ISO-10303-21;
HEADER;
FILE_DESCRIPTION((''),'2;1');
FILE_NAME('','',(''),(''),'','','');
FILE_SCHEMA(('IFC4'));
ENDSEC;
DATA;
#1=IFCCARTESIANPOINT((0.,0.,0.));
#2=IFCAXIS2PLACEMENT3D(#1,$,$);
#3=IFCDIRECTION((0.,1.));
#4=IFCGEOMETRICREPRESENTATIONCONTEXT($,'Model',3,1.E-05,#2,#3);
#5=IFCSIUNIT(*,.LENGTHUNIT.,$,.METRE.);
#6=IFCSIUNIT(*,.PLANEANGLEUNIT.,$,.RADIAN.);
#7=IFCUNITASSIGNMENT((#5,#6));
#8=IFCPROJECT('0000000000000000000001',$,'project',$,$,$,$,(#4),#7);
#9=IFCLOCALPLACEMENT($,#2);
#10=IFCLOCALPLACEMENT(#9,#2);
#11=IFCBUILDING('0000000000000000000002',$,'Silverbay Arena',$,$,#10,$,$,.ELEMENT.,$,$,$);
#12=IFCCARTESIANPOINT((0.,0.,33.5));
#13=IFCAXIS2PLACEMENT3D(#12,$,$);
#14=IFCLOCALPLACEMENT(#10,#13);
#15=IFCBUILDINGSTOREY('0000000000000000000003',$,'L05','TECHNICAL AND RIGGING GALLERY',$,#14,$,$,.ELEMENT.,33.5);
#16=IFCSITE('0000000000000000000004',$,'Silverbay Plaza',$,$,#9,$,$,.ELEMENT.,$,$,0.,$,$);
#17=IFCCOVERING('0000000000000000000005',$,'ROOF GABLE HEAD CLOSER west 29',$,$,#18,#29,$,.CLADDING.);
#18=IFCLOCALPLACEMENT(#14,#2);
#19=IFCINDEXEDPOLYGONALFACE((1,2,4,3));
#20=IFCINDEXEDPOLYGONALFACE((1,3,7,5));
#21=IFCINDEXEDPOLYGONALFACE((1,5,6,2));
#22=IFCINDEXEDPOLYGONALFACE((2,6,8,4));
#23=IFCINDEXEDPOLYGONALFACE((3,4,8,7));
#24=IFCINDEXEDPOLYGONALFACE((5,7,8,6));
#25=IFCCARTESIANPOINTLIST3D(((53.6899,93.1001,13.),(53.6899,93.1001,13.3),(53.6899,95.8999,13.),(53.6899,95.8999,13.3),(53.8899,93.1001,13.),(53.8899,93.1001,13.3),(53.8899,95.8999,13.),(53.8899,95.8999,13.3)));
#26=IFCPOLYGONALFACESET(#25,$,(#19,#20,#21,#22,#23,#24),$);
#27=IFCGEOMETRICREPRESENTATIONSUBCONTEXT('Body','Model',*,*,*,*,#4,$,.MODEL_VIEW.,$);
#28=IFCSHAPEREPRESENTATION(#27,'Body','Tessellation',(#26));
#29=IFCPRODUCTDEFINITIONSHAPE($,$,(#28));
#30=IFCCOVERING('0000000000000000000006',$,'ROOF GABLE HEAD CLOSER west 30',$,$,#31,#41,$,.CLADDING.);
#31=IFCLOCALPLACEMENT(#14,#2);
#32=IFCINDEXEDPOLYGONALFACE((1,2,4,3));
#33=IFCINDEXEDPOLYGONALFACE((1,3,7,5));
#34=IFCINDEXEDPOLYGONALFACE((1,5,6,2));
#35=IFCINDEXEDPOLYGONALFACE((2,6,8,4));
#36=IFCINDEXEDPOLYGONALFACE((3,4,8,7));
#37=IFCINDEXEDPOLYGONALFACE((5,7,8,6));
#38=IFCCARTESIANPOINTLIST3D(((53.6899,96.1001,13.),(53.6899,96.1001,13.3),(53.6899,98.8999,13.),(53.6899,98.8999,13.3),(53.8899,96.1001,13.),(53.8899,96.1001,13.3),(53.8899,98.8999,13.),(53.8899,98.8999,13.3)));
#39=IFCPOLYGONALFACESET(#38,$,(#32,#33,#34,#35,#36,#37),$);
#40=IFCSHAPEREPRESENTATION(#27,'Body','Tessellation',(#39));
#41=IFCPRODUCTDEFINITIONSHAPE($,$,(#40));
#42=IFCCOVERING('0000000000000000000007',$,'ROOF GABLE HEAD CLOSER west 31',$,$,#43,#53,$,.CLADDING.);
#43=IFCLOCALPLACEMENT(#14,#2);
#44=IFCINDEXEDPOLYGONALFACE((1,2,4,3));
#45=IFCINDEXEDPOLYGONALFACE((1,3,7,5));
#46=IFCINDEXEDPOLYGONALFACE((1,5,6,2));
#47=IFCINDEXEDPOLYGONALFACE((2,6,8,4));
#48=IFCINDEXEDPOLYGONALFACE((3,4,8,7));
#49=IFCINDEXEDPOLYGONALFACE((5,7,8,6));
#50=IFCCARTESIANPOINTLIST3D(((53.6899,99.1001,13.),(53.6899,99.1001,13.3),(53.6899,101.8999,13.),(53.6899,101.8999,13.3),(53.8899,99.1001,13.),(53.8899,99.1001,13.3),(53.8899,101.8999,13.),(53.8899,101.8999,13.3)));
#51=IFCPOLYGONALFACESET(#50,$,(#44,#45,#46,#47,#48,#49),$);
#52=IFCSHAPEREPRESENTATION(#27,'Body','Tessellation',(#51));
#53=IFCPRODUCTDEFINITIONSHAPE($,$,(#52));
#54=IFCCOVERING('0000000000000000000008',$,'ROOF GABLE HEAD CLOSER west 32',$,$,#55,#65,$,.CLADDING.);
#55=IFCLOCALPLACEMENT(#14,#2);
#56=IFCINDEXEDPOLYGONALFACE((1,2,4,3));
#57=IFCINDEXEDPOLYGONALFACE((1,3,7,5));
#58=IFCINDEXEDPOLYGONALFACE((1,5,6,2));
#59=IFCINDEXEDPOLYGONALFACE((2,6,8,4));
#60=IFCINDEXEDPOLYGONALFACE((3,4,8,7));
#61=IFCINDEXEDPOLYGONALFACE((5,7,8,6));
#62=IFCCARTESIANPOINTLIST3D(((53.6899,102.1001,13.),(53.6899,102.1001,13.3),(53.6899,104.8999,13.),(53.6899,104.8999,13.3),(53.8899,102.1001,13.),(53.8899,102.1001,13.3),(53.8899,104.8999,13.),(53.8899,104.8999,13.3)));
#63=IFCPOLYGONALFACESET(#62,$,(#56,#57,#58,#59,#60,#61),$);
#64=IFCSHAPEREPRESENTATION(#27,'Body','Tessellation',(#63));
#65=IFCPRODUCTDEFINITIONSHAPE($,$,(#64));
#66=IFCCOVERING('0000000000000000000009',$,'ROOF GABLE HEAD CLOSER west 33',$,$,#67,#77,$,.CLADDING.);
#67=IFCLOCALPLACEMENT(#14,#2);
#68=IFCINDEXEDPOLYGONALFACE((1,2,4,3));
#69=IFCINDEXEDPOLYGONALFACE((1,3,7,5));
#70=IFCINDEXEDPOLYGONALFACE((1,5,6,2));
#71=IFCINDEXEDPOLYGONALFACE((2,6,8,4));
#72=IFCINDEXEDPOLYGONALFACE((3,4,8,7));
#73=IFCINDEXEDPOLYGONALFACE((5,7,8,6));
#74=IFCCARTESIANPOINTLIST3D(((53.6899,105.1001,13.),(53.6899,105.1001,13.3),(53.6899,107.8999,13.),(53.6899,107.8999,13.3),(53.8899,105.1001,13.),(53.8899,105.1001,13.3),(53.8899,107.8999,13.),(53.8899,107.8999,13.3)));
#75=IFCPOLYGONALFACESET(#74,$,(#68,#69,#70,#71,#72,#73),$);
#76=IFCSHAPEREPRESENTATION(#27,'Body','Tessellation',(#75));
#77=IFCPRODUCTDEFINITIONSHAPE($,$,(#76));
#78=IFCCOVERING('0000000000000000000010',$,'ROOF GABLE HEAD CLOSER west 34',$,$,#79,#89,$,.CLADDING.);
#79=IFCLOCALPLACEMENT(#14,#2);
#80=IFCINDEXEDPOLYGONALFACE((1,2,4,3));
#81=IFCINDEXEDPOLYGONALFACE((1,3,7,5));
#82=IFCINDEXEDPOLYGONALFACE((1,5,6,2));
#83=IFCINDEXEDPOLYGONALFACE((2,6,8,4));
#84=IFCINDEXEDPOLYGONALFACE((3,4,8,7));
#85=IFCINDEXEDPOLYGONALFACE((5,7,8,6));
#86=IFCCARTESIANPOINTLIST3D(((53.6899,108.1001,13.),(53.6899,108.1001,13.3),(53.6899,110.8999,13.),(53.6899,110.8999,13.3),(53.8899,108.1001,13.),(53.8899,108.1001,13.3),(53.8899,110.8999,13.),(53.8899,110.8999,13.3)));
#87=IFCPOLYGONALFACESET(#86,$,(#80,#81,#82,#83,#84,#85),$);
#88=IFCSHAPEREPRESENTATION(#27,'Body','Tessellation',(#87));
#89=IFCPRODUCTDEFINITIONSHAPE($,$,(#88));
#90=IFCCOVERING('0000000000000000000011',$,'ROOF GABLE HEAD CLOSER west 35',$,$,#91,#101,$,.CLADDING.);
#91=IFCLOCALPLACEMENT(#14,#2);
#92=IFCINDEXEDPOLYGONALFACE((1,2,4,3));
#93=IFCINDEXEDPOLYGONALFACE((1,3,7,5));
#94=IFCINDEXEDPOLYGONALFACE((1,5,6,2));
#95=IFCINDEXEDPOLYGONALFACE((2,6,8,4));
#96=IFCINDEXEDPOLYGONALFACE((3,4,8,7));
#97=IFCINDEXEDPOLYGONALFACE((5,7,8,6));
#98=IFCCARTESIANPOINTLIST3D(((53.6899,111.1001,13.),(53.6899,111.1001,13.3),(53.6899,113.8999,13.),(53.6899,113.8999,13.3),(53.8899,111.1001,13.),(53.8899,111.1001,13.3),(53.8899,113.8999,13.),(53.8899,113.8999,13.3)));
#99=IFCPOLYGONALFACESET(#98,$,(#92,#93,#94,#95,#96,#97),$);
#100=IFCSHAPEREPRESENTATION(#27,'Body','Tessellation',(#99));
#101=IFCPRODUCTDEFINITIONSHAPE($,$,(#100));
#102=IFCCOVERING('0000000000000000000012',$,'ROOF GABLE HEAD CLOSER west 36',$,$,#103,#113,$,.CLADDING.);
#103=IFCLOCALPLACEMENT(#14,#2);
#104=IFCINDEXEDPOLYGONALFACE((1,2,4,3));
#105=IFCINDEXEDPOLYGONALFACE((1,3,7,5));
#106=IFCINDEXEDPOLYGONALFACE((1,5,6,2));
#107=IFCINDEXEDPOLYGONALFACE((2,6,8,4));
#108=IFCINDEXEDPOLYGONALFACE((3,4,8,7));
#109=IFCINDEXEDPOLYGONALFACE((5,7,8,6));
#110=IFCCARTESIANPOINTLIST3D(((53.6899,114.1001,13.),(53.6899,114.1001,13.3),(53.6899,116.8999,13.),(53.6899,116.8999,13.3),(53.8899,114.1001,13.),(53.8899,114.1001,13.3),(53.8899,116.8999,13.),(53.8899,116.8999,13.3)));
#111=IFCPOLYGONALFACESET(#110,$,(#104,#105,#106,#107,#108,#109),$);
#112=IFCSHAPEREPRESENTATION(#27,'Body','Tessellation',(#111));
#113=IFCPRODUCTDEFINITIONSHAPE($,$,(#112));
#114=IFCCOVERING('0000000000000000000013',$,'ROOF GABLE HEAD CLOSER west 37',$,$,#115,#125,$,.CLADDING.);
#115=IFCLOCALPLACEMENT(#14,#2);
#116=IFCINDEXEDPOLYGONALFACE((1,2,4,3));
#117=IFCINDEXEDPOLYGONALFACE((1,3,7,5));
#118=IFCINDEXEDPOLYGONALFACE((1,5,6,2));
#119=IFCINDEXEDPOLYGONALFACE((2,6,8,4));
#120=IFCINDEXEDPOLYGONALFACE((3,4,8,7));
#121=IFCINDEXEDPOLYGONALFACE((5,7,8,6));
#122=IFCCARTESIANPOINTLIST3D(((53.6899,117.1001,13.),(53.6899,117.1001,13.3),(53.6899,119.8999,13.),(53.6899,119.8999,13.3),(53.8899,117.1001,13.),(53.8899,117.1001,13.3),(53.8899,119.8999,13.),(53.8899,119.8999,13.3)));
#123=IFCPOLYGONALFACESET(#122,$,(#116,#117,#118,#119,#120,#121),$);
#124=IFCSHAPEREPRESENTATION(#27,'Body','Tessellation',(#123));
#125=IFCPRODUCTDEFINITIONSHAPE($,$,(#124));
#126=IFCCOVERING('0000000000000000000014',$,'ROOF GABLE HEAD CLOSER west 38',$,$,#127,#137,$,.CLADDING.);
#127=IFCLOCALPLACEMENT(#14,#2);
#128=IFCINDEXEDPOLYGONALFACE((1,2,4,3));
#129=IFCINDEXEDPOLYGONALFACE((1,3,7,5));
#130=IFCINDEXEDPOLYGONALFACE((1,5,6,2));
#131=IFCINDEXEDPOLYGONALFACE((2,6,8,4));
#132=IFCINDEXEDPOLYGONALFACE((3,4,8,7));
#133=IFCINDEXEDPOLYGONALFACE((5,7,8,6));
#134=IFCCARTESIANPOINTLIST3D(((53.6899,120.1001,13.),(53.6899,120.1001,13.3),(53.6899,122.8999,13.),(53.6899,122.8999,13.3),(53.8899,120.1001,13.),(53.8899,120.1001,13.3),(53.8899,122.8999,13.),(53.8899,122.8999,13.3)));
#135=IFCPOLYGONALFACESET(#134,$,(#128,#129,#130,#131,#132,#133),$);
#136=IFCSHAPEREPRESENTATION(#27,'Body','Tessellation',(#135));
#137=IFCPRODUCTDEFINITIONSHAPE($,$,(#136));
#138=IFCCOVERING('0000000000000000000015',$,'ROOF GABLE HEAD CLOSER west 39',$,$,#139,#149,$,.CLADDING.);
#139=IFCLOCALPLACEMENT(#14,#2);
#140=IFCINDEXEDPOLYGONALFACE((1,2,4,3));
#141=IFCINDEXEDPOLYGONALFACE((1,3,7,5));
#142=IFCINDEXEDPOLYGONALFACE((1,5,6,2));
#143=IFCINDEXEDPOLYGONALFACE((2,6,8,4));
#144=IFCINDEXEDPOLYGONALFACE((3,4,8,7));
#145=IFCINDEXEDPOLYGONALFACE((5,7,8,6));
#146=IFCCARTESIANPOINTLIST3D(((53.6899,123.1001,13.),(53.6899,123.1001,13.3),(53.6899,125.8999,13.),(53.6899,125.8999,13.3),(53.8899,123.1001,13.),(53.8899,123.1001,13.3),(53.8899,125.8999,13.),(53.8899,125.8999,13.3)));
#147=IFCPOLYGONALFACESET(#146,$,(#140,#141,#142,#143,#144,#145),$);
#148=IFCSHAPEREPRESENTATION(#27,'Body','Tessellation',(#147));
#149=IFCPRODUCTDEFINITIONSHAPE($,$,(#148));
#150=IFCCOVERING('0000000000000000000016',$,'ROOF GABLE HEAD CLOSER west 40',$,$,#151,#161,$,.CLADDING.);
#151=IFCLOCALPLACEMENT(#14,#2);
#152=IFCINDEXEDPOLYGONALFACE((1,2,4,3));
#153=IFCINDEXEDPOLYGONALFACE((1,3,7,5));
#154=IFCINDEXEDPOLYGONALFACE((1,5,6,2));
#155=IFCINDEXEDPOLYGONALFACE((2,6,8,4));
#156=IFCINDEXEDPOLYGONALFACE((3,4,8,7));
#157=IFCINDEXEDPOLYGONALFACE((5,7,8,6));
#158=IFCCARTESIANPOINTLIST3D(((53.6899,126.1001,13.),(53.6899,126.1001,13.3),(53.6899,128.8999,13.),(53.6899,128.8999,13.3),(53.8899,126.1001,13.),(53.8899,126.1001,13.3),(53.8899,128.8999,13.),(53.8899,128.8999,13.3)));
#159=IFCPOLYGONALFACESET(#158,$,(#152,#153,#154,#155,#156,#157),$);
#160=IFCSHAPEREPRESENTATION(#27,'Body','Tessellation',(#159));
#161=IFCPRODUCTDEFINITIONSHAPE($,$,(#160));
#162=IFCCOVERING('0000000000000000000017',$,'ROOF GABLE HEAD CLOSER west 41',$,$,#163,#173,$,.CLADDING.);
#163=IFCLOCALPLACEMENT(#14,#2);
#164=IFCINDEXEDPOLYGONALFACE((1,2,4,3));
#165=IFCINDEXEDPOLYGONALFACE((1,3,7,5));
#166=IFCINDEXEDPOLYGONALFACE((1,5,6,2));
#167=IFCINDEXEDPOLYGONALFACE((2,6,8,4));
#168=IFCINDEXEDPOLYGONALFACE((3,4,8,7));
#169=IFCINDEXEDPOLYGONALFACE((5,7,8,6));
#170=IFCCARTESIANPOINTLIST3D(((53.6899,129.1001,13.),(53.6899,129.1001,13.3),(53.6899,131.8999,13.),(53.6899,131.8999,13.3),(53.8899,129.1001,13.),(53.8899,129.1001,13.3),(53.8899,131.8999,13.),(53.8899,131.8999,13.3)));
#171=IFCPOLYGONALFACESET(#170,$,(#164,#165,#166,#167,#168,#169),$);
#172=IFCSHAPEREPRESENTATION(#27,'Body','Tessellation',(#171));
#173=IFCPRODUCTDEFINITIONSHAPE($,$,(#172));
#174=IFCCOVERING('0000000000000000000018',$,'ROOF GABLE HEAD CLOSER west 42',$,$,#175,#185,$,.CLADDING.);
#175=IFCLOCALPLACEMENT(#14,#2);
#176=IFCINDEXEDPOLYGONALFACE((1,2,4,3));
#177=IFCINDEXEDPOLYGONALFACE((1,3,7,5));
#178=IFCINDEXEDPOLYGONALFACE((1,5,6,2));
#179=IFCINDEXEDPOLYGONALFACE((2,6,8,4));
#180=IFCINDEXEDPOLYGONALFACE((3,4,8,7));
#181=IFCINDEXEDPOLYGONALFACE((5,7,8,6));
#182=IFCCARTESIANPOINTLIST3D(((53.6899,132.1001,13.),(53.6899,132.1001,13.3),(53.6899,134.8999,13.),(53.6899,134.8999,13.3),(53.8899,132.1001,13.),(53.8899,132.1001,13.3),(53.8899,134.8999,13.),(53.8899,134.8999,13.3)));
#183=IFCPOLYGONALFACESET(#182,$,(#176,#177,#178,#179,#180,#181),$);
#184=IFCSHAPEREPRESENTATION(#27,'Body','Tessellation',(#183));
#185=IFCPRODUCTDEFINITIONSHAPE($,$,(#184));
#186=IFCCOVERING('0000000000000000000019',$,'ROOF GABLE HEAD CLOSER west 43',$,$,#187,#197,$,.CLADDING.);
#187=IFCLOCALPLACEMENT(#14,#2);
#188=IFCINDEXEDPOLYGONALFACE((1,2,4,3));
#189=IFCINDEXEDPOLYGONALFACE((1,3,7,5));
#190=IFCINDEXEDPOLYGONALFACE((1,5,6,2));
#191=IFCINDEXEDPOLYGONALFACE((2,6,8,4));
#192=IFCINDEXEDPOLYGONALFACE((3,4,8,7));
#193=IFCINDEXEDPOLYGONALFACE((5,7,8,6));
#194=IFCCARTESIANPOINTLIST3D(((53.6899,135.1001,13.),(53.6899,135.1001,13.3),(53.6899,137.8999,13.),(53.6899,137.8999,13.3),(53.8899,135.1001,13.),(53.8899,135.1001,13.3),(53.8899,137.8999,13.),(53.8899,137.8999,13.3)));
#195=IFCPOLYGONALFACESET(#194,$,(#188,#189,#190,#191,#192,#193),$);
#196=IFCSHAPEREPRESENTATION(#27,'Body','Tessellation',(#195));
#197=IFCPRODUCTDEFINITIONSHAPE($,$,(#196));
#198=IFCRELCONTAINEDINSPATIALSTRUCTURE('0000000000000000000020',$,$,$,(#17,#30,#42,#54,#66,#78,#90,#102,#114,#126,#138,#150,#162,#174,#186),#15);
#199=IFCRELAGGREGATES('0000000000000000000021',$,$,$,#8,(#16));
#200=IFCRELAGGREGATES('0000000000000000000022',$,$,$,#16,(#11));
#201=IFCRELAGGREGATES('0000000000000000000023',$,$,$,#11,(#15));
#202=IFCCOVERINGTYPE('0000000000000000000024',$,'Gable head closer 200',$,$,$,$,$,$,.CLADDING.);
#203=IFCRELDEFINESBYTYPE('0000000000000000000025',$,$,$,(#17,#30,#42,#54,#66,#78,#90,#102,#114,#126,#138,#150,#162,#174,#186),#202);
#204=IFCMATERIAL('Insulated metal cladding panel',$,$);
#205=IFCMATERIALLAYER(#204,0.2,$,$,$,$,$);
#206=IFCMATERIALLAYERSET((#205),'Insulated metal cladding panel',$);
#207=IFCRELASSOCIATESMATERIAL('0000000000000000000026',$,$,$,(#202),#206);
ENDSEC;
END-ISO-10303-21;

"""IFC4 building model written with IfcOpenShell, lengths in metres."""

from ifc_helpers import new_model, si_unit, direction, frame, origin, place, context, subcontext, project, spatial, polyline, outline, extrude, material, layer, layer_set, type_object, element, save


model = new_model("IFC4")

# Units and contexts
model_context = context("Model", 3, precision=1e-05, world=origin(), true_north=direction((0.0, 1.0)))
body_context = subcontext(model_context, "Body", "Model", "MODEL_VIEW")
ifc_project = project(units=[si_unit("LENGTHUNIT", "METRE"), si_unit("PLANEANGLEUNIT", "RADIAN")], contexts=[model_context])

# Site, building, storey
site_placement = place(None, origin())
site = spatial("IfcSite", under=ifc_project, at=site_placement, Name="Silverbay Plaza", CompositionType="ELEMENT", RefElevation=0.0)
building_placement = place(site_placement, origin())
building = spatial("IfcBuilding", under=site, at=building_placement, Name="Silverbay Arena", CompositionType="ELEMENT")
storey_placement = place(building_placement, frame((0.0, 0.0, 33.5)))
storey = spatial("IfcBuildingStorey", under=building, at=storey_placement, Name="L05", Description="TECHNICAL AND RIGGING GALLERY", CompositionType="ELEMENT", Elevation=33.5)

# Coverings
ifc_material = material(Name="Insulated metal cladding panel")
ifc_layer = layer(ifc_material, 0.2)
ifc_layer_set = layer_set([ifc_layer], Name="Insulated metal cladding panel")
covering_type = type_object("IfcCoveringType", Name="Gable head closer 200", PredefinedType="CLADDING", material=ifc_layer_set)
covering_1_placement = place(storey_placement, frame((0.0, 0.0, 13.0)))
element("IfcCovering", 1, at=covering_1_placement, inside=storey, type_object=covering_type, Name="ROOF GABLE HEAD CLOSER west 29", PredefinedType="CLADDING", context=body_context, shape_type="SweptSolid", body=[
    extrude(outline(polyline([(53.6899, 93.1001), (53.8899, 93.1001), (53.8899, 95.8999), (53.6899, 95.8999), (53.6899, 93.1001)])), origin(), (0.0, 0.0, 1.0), 0.3),
])
covering_2_placement = place(storey_placement, frame((0.0, 0.0, 13.0)))
element("IfcCovering", 2, at=covering_2_placement, inside=storey, type_object=covering_type, Name="ROOF GABLE HEAD CLOSER west 30", PredefinedType="CLADDING", context=body_context, shape_type="SweptSolid", body=[
    extrude(outline(polyline([(53.6899, 96.1001), (53.8899, 96.1001), (53.8899, 98.8999), (53.6899, 98.8999), (53.6899, 96.1001)])), origin(), (0.0, 0.0, 1.0), 0.3),
])
covering_3_placement = place(storey_placement, frame((0.0, 0.0, 13.0)))
element("IfcCovering", 3, at=covering_3_placement, inside=storey, type_object=covering_type, Name="ROOF GABLE HEAD CLOSER west 31", PredefinedType="CLADDING", context=body_context, shape_type="SweptSolid", body=[
    extrude(outline(polyline([(53.6899, 99.1001), (53.8899, 99.1001), (53.8899, 101.8999), (53.6899, 101.8999), (53.6899, 99.1001)])), origin(), (0.0, 0.0, 1.0), 0.3),
])
covering_4_placement = place(storey_placement, frame((0.0, 0.0, 13.0)))
element("IfcCovering", 4, at=covering_4_placement, inside=storey, type_object=covering_type, Name="ROOF GABLE HEAD CLOSER west 32", PredefinedType="CLADDING", context=body_context, shape_type="SweptSolid", body=[
    extrude(outline(polyline([(53.6899, 102.1001), (53.8899, 102.1001), (53.8899, 104.8999), (53.6899, 104.8999), (53.6899, 102.1001)])), origin(), (0.0, 0.0, 1.0), 0.3),
])
covering_5_placement = place(storey_placement, frame((0.0, 0.0, 13.0)))
element("IfcCovering", 5, at=covering_5_placement, inside=storey, type_object=covering_type, Name="ROOF GABLE HEAD CLOSER west 33", PredefinedType="CLADDING", context=body_context, shape_type="SweptSolid", body=[
    extrude(outline(polyline([(53.6899, 105.1001), (53.8899, 105.1001), (53.8899, 107.8999), (53.6899, 107.8999), (53.6899, 105.1001)])), origin(), (0.0, 0.0, 1.0), 0.3),
])
covering_6_placement = place(storey_placement, frame((0.0, 0.0, 13.0)))
element("IfcCovering", 6, at=covering_6_placement, inside=storey, type_object=covering_type, Name="ROOF GABLE HEAD CLOSER west 34", PredefinedType="CLADDING", context=body_context, shape_type="SweptSolid", body=[
    extrude(outline(polyline([(53.6899, 108.1001), (53.8899, 108.1001), (53.8899, 110.8999), (53.6899, 110.8999), (53.6899, 108.1001)])), origin(), (0.0, 0.0, 1.0), 0.3),
])
covering_7_placement = place(storey_placement, frame((0.0, 0.0, 13.0)))
element("IfcCovering", 7, at=covering_7_placement, inside=storey, type_object=covering_type, Name="ROOF GABLE HEAD CLOSER west 35", PredefinedType="CLADDING", context=body_context, shape_type="SweptSolid", body=[
    extrude(outline(polyline([(53.6899, 111.1001), (53.8899, 111.1001), (53.8899, 113.8999), (53.6899, 113.8999), (53.6899, 111.1001)])), origin(), (0.0, 0.0, 1.0), 0.3),
])
covering_8_placement = place(storey_placement, frame((0.0, 0.0, 13.0)))
element("IfcCovering", 8, at=covering_8_placement, inside=storey, type_object=covering_type, Name="ROOF GABLE HEAD CLOSER west 36", PredefinedType="CLADDING", context=body_context, shape_type="SweptSolid", body=[
    extrude(outline(polyline([(53.6899, 114.1001), (53.8899, 114.1001), (53.8899, 116.8999), (53.6899, 116.8999), (53.6899, 114.1001)])), origin(), (0.0, 0.0, 1.0), 0.3),
])
covering_9_placement = place(storey_placement, frame((0.0, 0.0, 13.0)))
element("IfcCovering", 9, at=covering_9_placement, inside=storey, type_object=covering_type, Name="ROOF GABLE HEAD CLOSER west 37", PredefinedType="CLADDING", context=body_context, shape_type="SweptSolid", body=[
    extrude(outline(polyline([(53.6899, 117.1001), (53.8899, 117.1001), (53.8899, 119.8999), (53.6899, 119.8999), (53.6899, 117.1001)])), origin(), (0.0, 0.0, 1.0), 0.3),
])
covering_10_placement = place(storey_placement, frame((0.0, 0.0, 13.0)))
element("IfcCovering", 10, at=covering_10_placement, inside=storey, type_object=covering_type, Name="ROOF GABLE HEAD CLOSER west 38", PredefinedType="CLADDING", context=body_context, shape_type="SweptSolid", body=[
    extrude(outline(polyline([(53.6899, 120.1001), (53.8899, 120.1001), (53.8899, 122.8999), (53.6899, 122.8999), (53.6899, 120.1001)])), origin(), (0.0, 0.0, 1.0), 0.3),
])
covering_11_placement = place(storey_placement, frame((0.0, 0.0, 13.0)))
element("IfcCovering", 11, at=covering_11_placement, inside=storey, type_object=covering_type, Name="ROOF GABLE HEAD CLOSER west 39", PredefinedType="CLADDING", context=body_context, shape_type="SweptSolid", body=[
    extrude(outline(polyline([(53.6899, 123.1001), (53.8899, 123.1001), (53.8899, 125.8999), (53.6899, 125.8999), (53.6899, 123.1001)])), origin(), (0.0, 0.0, 1.0), 0.3),
])
covering_12_placement = place(storey_placement, frame((0.0, 0.0, 13.0)))
element("IfcCovering", 12, at=covering_12_placement, inside=storey, type_object=covering_type, Name="ROOF GABLE HEAD CLOSER west 40", PredefinedType="CLADDING", context=body_context, shape_type="SweptSolid", body=[
    extrude(outline(polyline([(53.6899, 126.1001), (53.8899, 126.1001), (53.8899, 128.8999), (53.6899, 128.8999), (53.6899, 126.1001)])), origin(), (0.0, 0.0, 1.0), 0.3),
])
covering_13_placement = place(storey_placement, frame((0.0, 0.0, 13.0)))
element("IfcCovering", 13, at=covering_13_placement, inside=storey, type_object=covering_type, Name="ROOF GABLE HEAD CLOSER west 41", PredefinedType="CLADDING", context=body_context, shape_type="SweptSolid", body=[
    extrude(outline(polyline([(53.6899, 129.1001), (53.8899, 129.1001), (53.8899, 131.8999), (53.6899, 131.8999), (53.6899, 129.1001)])), origin(), (0.0, 0.0, 1.0), 0.3),
])
covering_14_placement = place(storey_placement, frame((0.0, 0.0, 13.0)))
element("IfcCovering", 14, at=covering_14_placement, inside=storey, type_object=covering_type, Name="ROOF GABLE HEAD CLOSER west 42", PredefinedType="CLADDING", context=body_context, shape_type="SweptSolid", body=[
    extrude(outline(polyline([(53.6899, 132.1001), (53.8899, 132.1001), (53.8899, 134.8999), (53.6899, 134.8999), (53.6899, 132.1001)])), origin(), (0.0, 0.0, 1.0), 0.3),
])
covering_15_placement = place(storey_placement, frame((0.0, 0.0, 13.0)))
element("IfcCovering", 15, at=covering_15_placement, inside=storey, type_object=covering_type, Name="ROOF GABLE HEAD CLOSER west 43", PredefinedType="CLADDING", context=body_context, shape_type="SweptSolid", body=[
    extrude(outline(polyline([(53.6899, 135.1001), (53.8899, 135.1001), (53.8899, 137.8999), (53.6899, 137.8999), (53.6899, 135.1001)])), origin(), (0.0, 0.0, 1.0), 0.3),
])

save(model, "model.ifc")
